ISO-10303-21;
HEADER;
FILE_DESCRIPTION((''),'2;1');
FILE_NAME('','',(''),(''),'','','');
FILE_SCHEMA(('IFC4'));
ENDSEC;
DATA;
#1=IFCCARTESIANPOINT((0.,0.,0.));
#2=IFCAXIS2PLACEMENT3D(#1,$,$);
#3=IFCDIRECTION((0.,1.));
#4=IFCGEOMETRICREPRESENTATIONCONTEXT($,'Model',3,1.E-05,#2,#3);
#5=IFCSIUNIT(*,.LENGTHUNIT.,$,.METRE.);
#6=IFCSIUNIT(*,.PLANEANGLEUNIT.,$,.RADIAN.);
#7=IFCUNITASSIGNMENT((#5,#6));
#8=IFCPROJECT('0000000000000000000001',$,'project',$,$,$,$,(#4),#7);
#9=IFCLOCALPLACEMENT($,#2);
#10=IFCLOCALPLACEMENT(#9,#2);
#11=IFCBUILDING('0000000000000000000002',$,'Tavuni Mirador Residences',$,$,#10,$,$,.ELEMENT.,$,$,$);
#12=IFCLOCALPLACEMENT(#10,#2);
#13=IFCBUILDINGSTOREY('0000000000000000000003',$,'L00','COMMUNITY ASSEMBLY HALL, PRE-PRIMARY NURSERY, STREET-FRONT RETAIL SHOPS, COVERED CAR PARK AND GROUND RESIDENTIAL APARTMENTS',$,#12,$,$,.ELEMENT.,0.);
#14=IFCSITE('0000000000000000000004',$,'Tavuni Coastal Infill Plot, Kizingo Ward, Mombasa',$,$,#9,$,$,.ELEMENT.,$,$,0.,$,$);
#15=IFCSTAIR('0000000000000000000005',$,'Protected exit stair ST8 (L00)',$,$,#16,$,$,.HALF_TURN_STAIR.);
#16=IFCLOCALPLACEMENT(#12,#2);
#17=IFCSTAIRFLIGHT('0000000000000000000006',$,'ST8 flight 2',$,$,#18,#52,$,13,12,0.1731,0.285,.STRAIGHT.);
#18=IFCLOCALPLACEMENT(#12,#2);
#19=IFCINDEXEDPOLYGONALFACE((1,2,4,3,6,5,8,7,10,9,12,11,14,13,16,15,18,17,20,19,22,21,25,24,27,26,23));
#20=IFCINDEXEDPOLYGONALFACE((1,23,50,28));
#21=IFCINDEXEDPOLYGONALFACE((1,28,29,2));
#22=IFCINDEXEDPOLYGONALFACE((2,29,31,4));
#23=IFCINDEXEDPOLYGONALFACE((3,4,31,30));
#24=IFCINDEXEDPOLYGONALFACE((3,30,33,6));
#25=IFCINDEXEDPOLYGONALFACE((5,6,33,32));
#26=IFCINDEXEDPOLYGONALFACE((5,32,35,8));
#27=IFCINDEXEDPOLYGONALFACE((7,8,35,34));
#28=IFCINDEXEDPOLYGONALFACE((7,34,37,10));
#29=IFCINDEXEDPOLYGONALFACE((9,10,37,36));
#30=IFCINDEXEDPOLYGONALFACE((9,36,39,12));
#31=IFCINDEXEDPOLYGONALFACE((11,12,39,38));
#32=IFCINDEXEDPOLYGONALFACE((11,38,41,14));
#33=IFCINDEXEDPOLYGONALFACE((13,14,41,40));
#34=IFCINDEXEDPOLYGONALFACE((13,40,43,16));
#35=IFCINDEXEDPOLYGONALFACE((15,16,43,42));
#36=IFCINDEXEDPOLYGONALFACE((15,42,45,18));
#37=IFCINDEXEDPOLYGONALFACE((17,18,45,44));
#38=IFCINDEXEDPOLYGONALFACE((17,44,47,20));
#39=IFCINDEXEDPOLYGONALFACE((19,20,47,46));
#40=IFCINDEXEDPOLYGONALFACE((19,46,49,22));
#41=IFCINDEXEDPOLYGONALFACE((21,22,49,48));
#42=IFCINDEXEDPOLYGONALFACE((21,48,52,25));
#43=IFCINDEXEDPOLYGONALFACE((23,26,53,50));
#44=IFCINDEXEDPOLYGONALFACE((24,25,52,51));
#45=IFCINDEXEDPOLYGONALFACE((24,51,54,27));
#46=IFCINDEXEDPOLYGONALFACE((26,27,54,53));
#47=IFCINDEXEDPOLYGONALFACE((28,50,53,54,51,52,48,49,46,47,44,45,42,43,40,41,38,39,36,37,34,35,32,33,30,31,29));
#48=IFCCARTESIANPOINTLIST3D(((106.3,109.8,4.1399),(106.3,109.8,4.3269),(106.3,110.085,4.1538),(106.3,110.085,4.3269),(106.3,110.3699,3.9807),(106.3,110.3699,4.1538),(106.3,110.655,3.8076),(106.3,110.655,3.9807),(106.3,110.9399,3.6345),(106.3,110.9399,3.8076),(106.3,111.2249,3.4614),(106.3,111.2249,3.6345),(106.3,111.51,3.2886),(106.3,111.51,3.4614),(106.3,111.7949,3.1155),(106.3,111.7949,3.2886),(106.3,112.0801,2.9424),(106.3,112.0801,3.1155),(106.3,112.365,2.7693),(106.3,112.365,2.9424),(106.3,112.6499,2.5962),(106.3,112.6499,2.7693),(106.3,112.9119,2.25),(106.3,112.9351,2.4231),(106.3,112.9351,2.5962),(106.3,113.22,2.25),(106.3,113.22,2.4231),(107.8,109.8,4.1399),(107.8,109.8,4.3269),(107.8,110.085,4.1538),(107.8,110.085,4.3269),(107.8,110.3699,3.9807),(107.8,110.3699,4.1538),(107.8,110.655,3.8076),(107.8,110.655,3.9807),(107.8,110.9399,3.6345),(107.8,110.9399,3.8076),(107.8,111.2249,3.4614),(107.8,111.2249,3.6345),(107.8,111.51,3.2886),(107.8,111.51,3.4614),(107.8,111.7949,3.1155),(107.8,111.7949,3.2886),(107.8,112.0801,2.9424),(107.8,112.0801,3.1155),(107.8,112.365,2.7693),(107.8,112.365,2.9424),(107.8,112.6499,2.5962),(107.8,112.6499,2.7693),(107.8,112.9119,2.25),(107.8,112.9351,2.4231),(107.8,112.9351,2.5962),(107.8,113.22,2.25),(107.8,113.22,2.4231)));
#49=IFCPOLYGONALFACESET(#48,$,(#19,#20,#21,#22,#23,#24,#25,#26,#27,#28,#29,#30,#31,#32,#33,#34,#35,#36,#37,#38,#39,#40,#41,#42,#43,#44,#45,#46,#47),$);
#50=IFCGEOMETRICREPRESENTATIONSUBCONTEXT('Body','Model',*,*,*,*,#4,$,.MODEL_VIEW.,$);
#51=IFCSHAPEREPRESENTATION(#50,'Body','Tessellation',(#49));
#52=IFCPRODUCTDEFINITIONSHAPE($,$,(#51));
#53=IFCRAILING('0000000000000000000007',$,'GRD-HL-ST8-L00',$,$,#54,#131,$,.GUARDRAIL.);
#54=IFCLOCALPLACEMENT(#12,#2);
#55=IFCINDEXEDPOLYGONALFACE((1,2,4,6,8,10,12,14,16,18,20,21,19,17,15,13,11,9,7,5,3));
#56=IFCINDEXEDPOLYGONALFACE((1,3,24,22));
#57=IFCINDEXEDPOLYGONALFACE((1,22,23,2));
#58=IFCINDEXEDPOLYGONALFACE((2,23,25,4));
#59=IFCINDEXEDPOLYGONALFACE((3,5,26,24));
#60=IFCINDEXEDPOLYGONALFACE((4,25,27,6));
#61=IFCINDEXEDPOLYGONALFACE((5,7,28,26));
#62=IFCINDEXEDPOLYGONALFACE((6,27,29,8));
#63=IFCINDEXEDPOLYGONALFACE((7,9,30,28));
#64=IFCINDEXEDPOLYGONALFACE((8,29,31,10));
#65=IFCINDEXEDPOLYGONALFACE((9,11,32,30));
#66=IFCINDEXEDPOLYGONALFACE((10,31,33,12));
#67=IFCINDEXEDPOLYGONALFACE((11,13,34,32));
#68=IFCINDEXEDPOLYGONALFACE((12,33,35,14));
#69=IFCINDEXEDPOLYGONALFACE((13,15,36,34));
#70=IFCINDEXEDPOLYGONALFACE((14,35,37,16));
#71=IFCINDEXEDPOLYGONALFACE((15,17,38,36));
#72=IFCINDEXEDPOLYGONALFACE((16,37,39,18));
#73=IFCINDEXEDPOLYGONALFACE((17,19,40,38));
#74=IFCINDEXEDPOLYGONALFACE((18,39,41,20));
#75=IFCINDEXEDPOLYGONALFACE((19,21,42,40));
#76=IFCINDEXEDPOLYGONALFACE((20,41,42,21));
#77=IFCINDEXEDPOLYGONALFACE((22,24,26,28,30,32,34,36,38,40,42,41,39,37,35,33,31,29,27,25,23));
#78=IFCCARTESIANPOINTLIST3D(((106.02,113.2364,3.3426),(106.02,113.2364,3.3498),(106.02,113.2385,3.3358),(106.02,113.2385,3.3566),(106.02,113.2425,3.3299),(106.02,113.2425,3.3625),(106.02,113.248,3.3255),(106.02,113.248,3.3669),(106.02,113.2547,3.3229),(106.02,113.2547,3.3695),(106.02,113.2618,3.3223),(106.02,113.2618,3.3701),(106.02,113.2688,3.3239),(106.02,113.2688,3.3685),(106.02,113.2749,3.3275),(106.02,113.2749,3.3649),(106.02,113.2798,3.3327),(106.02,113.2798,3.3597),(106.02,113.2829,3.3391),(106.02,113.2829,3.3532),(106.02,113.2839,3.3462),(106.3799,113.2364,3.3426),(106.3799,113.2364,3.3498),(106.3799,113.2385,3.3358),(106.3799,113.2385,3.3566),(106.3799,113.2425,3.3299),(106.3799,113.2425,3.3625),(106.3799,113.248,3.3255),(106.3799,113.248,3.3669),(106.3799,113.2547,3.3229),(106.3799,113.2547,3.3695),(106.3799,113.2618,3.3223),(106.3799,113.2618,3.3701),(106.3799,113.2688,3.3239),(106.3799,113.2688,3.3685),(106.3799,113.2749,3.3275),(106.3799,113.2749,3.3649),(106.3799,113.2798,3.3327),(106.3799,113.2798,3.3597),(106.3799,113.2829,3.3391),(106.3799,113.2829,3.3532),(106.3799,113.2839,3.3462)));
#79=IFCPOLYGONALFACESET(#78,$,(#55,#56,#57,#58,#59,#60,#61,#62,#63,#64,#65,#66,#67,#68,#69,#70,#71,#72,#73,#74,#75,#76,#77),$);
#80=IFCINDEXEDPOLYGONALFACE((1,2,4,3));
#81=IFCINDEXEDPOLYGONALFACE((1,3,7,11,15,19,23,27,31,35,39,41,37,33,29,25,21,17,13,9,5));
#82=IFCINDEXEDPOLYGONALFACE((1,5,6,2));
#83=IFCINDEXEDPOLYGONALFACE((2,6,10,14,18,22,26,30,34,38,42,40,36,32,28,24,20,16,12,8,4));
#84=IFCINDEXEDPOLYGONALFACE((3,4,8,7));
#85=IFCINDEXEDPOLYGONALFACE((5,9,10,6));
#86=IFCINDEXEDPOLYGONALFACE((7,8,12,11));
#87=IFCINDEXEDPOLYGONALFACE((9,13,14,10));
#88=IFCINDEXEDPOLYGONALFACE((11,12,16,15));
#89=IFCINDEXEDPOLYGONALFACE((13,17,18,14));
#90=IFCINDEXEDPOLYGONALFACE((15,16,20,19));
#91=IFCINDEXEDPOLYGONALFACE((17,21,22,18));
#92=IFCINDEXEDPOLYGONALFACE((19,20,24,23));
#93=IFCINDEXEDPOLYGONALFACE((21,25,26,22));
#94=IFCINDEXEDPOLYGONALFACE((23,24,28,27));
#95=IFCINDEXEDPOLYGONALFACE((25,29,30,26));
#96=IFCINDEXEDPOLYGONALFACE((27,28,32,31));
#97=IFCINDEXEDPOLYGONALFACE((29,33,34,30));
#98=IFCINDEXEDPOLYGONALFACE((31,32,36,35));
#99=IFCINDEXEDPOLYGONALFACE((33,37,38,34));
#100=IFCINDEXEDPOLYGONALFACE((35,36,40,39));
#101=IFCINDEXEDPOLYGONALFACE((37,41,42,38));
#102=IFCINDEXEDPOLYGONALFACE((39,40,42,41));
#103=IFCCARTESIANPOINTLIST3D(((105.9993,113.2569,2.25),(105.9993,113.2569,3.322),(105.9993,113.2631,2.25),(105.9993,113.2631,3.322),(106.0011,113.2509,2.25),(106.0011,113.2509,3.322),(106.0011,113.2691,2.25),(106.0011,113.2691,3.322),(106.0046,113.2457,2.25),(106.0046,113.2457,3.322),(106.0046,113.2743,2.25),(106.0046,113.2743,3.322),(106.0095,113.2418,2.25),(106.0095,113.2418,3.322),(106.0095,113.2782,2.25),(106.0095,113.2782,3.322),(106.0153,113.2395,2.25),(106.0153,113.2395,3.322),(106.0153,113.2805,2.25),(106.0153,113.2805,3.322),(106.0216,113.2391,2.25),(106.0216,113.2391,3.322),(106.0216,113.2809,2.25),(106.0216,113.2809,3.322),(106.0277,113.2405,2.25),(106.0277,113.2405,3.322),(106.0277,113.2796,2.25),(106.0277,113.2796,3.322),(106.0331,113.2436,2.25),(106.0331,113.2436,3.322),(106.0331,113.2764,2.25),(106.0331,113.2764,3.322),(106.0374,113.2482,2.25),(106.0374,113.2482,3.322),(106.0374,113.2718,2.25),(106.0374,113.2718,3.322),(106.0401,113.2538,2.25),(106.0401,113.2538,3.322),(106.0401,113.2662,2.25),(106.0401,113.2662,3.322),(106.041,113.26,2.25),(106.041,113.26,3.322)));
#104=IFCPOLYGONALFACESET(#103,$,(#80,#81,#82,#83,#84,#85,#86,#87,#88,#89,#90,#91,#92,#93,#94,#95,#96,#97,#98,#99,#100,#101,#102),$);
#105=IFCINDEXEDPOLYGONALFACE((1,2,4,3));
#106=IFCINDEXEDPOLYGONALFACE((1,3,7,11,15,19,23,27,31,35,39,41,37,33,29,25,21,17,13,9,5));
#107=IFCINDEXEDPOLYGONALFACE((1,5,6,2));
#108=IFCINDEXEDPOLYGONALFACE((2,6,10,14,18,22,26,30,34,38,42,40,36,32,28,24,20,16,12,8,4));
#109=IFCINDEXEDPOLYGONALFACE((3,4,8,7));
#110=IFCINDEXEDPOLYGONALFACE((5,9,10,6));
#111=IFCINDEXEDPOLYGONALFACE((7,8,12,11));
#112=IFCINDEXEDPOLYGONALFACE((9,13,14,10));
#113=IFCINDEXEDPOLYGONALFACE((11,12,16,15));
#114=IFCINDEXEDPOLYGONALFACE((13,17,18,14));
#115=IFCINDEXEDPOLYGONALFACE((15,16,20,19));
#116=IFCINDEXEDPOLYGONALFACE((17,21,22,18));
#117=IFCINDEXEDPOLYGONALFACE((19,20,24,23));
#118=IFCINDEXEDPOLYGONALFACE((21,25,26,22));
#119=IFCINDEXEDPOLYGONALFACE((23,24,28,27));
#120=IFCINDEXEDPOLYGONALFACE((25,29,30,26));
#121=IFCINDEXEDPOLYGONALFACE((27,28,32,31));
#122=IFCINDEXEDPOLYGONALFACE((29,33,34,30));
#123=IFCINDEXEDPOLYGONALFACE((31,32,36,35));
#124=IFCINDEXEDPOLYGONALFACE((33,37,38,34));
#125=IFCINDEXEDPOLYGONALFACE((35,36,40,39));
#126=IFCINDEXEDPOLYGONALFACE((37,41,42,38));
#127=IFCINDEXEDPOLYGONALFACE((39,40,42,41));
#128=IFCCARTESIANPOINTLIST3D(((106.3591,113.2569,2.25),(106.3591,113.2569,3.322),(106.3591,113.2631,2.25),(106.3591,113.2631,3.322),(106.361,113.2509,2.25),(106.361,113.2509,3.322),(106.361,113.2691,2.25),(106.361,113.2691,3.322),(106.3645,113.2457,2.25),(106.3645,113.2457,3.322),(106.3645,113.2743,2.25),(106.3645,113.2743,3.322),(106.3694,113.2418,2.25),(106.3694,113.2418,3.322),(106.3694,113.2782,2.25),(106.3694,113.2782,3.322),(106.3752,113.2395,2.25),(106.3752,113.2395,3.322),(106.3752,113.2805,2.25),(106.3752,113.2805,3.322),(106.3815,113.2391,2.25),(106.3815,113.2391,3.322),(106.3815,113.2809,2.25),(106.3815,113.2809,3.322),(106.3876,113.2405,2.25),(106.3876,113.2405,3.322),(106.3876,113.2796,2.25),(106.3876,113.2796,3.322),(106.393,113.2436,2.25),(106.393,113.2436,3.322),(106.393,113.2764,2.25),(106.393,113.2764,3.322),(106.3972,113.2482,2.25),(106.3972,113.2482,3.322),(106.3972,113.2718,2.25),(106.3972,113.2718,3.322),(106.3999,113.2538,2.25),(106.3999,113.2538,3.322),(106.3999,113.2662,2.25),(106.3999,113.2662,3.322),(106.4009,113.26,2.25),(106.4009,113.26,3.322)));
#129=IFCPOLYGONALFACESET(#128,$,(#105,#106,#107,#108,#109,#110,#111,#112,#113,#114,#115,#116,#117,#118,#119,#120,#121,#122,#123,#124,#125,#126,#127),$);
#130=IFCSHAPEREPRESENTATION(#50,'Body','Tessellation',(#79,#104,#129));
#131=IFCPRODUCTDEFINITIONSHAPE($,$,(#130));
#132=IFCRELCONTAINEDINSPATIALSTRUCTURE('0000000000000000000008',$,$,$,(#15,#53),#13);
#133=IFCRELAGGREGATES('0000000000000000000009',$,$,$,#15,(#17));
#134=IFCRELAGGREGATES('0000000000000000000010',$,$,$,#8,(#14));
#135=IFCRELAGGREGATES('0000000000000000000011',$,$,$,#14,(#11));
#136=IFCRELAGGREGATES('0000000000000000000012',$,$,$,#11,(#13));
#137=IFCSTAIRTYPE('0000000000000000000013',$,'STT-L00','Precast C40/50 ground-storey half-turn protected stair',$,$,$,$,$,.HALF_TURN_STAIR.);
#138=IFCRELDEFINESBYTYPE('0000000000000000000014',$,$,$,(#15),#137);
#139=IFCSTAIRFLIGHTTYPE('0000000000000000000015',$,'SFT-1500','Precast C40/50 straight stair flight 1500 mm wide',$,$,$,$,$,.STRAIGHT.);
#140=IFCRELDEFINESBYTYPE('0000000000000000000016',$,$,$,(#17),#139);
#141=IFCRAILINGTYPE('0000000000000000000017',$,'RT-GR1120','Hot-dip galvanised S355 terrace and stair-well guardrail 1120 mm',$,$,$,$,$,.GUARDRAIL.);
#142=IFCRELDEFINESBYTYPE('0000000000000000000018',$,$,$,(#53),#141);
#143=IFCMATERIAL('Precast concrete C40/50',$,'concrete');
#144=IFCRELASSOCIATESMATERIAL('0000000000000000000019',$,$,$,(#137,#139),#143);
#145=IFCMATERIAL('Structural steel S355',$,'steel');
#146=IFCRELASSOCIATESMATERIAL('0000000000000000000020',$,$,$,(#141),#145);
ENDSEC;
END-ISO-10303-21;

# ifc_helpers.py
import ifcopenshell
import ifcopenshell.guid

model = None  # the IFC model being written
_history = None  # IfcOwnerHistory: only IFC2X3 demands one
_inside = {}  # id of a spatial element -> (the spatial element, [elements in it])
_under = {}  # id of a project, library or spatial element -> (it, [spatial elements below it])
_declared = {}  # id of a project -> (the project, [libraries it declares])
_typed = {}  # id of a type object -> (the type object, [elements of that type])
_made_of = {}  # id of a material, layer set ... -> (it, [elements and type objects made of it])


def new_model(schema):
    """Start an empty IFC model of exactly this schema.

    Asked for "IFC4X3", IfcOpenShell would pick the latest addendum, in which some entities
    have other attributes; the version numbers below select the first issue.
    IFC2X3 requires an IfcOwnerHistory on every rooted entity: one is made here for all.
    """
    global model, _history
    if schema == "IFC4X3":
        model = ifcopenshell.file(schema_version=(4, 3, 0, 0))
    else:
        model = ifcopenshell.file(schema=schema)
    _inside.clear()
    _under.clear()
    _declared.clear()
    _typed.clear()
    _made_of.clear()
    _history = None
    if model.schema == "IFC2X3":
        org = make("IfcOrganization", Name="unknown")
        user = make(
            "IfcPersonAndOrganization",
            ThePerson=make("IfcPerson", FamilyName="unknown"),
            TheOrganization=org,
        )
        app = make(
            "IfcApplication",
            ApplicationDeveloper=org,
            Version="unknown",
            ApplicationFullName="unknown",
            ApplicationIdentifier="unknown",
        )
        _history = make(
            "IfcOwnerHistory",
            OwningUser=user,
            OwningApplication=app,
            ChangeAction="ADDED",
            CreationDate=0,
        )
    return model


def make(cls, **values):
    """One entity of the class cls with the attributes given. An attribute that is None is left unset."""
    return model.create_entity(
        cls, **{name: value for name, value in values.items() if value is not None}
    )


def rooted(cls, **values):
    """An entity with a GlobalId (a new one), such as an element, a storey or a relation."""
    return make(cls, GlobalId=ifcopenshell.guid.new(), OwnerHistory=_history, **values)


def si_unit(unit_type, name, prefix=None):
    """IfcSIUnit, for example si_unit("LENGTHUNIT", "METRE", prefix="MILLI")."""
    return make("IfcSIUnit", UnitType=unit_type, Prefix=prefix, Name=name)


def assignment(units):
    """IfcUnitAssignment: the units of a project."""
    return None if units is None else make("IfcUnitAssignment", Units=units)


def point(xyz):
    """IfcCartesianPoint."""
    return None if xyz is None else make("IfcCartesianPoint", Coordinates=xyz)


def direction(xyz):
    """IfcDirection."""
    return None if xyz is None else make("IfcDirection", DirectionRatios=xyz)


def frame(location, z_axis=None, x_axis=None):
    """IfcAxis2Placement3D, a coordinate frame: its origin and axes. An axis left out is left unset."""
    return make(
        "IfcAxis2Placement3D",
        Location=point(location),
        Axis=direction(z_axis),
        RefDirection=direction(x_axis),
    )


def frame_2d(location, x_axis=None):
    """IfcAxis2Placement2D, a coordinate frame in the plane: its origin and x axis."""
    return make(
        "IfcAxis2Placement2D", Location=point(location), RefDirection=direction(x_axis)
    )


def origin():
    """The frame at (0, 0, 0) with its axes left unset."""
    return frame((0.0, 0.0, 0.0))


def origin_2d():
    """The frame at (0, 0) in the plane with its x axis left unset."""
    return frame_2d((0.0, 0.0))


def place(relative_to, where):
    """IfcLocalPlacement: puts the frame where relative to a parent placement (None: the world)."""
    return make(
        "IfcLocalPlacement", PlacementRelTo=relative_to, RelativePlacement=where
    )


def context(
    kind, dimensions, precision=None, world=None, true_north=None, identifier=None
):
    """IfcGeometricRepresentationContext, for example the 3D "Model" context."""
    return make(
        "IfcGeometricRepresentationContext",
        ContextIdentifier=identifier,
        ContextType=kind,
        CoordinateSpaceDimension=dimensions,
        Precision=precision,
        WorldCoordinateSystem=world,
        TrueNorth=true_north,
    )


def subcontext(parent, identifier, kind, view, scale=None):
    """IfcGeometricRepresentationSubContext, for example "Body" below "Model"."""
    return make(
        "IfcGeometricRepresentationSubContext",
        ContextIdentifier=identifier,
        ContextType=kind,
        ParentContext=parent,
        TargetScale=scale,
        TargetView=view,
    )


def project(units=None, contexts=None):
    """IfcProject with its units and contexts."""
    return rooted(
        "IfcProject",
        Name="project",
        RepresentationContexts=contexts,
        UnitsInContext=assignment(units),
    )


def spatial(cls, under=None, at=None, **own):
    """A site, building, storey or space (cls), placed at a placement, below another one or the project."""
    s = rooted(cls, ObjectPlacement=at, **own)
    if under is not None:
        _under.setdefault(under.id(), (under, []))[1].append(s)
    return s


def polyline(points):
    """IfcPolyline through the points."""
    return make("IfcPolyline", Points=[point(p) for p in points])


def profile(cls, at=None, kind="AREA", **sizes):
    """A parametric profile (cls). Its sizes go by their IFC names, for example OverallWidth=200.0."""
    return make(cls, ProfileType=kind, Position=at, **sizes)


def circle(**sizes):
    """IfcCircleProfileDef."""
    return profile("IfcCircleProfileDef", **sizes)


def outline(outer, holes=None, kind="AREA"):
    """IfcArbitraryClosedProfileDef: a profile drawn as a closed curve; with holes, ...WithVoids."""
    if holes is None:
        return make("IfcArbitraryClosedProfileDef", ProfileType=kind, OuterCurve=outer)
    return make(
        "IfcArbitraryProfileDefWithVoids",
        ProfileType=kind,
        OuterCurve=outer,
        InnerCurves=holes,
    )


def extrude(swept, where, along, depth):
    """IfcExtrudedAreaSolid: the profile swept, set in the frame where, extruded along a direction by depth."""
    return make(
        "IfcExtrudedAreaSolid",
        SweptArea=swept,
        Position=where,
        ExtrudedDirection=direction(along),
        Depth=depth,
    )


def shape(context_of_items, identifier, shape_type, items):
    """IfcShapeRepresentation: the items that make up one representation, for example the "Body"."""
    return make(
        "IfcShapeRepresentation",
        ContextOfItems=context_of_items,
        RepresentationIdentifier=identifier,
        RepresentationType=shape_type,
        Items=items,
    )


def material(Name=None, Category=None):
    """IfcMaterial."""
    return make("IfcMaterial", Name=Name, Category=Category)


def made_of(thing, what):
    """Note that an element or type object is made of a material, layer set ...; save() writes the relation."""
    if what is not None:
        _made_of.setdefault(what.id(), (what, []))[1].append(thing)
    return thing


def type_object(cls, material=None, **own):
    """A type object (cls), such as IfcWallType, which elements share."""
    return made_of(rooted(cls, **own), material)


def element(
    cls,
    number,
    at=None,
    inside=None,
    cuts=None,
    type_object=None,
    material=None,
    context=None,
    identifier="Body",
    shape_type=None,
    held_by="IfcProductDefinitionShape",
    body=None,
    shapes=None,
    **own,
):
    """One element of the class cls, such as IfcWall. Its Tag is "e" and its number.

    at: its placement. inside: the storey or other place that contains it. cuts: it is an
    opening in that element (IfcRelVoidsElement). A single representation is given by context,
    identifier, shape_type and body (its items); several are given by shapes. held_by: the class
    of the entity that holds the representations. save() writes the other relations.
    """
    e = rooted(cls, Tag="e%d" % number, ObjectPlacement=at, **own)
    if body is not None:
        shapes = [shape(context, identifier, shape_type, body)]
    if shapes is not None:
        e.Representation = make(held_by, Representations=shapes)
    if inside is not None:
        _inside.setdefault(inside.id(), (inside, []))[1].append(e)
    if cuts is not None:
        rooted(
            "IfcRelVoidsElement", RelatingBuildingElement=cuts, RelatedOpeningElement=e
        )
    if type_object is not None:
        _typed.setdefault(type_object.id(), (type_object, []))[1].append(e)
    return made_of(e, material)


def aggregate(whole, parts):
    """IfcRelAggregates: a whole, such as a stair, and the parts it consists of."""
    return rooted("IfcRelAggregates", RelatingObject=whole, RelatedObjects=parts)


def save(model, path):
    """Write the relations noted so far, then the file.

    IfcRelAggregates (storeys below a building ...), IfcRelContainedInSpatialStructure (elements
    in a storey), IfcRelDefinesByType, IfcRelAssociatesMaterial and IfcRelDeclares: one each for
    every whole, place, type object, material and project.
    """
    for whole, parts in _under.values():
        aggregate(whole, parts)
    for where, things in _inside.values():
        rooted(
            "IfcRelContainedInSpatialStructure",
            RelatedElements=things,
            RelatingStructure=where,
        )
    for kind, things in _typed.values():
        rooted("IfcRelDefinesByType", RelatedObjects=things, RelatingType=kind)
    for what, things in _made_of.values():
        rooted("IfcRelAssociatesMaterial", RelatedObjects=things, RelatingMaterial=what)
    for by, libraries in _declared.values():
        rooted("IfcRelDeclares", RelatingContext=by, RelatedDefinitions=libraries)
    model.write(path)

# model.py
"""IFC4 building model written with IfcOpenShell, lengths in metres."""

from ifc_helpers import new_model, si_unit, direction, frame, origin, origin_2d, place, context, subcontext, project, spatial, polyline, circle, outline, extrude, material, type_object, element, aggregate, save


model = new_model("IFC4")

# Units and contexts
model_context = context("Model", 3, precision=1e-05, world=origin(), true_north=direction((0.0, 1.0)))
body_context = subcontext(model_context, "Body", "Model", "MODEL_VIEW")
ifc_project = project(units=[si_unit("LENGTHUNIT", "METRE"), si_unit("PLANEANGLEUNIT", "RADIAN")], contexts=[model_context])

# Site, building, storey
site_placement = place(None, origin())
site = spatial("IfcSite", under=ifc_project, at=site_placement, Name="Tavuni Coastal Infill Plot, Kizingo Ward, Mombasa", CompositionType="ELEMENT", RefElevation=0.0)
building_placement = place(site_placement, origin())
building = spatial("IfcBuilding", under=site, at=building_placement, Name="Tavuni Mirador Residences", CompositionType="ELEMENT")
storey_placement = place(building_placement, origin())
storey = spatial("IfcBuildingStorey", under=building, at=storey_placement, Name="L00", Description="COMMUNITY ASSEMBLY HALL, PRE-PRIMARY NURSERY, STREET-FRONT RETAIL SHOPS, COVERED CAR PARK AND GROUND RESIDENTIAL APARTMENTS", CompositionType="ELEMENT", Elevation=0.0)

# Shared definitions
ifc_material_1 = material(Name="Precast concrete C40/50", Category="concrete")

# Shared definitions
ifc_material_2 = material(Name="Structural steel S355", Category="steel")

# Stair, stair flight
stair_type = type_object("IfcStairType", Name="STT-L00", Description="Precast C40/50 ground-storey half-turn protected stair", PredefinedType="HALF_TURN_STAIR", material=ifc_material_1)
stair_placement = place(storey_placement, origin())
stair = element("IfcStair", 1, at=stair_placement, inside=storey, type_object=stair_type, Name="Protected exit stair ST8 (L00)", PredefinedType="HALF_TURN_STAIR")
stair_flight_type = type_object("IfcStairFlightType", Name="SFT-1500", Description="Precast C40/50 straight stair flight 1500 mm wide", PredefinedType="STRAIGHT", material=ifc_material_1)
stair_flight_1_placement = place(storey_placement, frame((107.05, 113.22, 2.25), z_axis=(0.0, 0.0, 1.0), x_axis=(0.0, -1.0, 0.0)))
stair_flight_1 = element("IfcStairFlight", 2, at=stair_flight_1_placement, type_object=stair_flight_type, Name="ST8 flight 2", NumberOfRisers=13, NumberOfTreads=12, PredefinedType="STRAIGHT", RiserHeight=0.1731, TreadLength=0.285, context=body_context, shape_type="SweptSolid", body=[
    extrude(outline(polyline([(0.0, 0.0), (0.0, 0.1731), (0.2849, 0.1731), (0.2849, 0.3462), (0.5701, 0.3462), (0.5701, 0.5193), (0.855, 0.5193), (0.855, 0.6924), (1.1399, 0.6924), (1.1399, 0.8655), (1.425, 0.8655), (1.425, 1.0386), (1.71, 1.0386), (1.71, 1.2114), (1.9951, 1.2114), (1.9951, 1.3845), (2.28, 1.3845), (2.28, 1.5576), (2.5649, 1.5576), (2.5649, 1.7307), (2.8501, 1.7307), (2.8501, 1.9038), (3.135, 1.9038), (3.135, 2.0769), (3.4199, 2.0769), (3.4199, 2.25), (3.4199, 1.8899), (0.3081, 0.0), (0.0, 0.0)])), frame((0.0, 0.75, 0.0), z_axis=(0.0, -1.0, 0.0), x_axis=(1.0, 0.0, 0.0)), (0.0, 0.0, 1.0), 1.5),
])
aggregate(stair, [stair_flight_1])

# Railing
railing_type_1 = type_object("IfcRailingType", Name="RT-GR1120", Description="Hot-dip galvanised S355 terrace and stair-well guardrail 1120 mm", PredefinedType="GUARDRAIL", material=ifc_material_2)
railing_1_placement = place(storey_placement, frame((106.02, 113.26, 2.25)))
element("IfcRailing", 3, at=railing_1_placement, inside=storey, type_object=railing_type_1, Name="GRD-HL-ST8-L00", PredefinedType="GUARDRAIL", context=body_context, shape_type="SweptSolid", body=[
    extrude(circle(Radius=0.0239, at=origin_2d()), frame((0.0, 0.0, 1.0962), z_axis=(1.0, 0.0, 0.0), x_axis=(0.0, 1.0, 0.0)), (0.0, 0.0, 1.0), 0.3599),
    extrude(circle(Radius=0.021, at=origin_2d()), origin(), (0.0, 0.0, 1.0), 1.072),
    extrude(circle(Radius=0.021, at=origin_2d()), frame((0.3599, 0.0, 0.0)), (0.0, 0.0, 1.0), 1.072),
])

save(model, "model.ifc")
